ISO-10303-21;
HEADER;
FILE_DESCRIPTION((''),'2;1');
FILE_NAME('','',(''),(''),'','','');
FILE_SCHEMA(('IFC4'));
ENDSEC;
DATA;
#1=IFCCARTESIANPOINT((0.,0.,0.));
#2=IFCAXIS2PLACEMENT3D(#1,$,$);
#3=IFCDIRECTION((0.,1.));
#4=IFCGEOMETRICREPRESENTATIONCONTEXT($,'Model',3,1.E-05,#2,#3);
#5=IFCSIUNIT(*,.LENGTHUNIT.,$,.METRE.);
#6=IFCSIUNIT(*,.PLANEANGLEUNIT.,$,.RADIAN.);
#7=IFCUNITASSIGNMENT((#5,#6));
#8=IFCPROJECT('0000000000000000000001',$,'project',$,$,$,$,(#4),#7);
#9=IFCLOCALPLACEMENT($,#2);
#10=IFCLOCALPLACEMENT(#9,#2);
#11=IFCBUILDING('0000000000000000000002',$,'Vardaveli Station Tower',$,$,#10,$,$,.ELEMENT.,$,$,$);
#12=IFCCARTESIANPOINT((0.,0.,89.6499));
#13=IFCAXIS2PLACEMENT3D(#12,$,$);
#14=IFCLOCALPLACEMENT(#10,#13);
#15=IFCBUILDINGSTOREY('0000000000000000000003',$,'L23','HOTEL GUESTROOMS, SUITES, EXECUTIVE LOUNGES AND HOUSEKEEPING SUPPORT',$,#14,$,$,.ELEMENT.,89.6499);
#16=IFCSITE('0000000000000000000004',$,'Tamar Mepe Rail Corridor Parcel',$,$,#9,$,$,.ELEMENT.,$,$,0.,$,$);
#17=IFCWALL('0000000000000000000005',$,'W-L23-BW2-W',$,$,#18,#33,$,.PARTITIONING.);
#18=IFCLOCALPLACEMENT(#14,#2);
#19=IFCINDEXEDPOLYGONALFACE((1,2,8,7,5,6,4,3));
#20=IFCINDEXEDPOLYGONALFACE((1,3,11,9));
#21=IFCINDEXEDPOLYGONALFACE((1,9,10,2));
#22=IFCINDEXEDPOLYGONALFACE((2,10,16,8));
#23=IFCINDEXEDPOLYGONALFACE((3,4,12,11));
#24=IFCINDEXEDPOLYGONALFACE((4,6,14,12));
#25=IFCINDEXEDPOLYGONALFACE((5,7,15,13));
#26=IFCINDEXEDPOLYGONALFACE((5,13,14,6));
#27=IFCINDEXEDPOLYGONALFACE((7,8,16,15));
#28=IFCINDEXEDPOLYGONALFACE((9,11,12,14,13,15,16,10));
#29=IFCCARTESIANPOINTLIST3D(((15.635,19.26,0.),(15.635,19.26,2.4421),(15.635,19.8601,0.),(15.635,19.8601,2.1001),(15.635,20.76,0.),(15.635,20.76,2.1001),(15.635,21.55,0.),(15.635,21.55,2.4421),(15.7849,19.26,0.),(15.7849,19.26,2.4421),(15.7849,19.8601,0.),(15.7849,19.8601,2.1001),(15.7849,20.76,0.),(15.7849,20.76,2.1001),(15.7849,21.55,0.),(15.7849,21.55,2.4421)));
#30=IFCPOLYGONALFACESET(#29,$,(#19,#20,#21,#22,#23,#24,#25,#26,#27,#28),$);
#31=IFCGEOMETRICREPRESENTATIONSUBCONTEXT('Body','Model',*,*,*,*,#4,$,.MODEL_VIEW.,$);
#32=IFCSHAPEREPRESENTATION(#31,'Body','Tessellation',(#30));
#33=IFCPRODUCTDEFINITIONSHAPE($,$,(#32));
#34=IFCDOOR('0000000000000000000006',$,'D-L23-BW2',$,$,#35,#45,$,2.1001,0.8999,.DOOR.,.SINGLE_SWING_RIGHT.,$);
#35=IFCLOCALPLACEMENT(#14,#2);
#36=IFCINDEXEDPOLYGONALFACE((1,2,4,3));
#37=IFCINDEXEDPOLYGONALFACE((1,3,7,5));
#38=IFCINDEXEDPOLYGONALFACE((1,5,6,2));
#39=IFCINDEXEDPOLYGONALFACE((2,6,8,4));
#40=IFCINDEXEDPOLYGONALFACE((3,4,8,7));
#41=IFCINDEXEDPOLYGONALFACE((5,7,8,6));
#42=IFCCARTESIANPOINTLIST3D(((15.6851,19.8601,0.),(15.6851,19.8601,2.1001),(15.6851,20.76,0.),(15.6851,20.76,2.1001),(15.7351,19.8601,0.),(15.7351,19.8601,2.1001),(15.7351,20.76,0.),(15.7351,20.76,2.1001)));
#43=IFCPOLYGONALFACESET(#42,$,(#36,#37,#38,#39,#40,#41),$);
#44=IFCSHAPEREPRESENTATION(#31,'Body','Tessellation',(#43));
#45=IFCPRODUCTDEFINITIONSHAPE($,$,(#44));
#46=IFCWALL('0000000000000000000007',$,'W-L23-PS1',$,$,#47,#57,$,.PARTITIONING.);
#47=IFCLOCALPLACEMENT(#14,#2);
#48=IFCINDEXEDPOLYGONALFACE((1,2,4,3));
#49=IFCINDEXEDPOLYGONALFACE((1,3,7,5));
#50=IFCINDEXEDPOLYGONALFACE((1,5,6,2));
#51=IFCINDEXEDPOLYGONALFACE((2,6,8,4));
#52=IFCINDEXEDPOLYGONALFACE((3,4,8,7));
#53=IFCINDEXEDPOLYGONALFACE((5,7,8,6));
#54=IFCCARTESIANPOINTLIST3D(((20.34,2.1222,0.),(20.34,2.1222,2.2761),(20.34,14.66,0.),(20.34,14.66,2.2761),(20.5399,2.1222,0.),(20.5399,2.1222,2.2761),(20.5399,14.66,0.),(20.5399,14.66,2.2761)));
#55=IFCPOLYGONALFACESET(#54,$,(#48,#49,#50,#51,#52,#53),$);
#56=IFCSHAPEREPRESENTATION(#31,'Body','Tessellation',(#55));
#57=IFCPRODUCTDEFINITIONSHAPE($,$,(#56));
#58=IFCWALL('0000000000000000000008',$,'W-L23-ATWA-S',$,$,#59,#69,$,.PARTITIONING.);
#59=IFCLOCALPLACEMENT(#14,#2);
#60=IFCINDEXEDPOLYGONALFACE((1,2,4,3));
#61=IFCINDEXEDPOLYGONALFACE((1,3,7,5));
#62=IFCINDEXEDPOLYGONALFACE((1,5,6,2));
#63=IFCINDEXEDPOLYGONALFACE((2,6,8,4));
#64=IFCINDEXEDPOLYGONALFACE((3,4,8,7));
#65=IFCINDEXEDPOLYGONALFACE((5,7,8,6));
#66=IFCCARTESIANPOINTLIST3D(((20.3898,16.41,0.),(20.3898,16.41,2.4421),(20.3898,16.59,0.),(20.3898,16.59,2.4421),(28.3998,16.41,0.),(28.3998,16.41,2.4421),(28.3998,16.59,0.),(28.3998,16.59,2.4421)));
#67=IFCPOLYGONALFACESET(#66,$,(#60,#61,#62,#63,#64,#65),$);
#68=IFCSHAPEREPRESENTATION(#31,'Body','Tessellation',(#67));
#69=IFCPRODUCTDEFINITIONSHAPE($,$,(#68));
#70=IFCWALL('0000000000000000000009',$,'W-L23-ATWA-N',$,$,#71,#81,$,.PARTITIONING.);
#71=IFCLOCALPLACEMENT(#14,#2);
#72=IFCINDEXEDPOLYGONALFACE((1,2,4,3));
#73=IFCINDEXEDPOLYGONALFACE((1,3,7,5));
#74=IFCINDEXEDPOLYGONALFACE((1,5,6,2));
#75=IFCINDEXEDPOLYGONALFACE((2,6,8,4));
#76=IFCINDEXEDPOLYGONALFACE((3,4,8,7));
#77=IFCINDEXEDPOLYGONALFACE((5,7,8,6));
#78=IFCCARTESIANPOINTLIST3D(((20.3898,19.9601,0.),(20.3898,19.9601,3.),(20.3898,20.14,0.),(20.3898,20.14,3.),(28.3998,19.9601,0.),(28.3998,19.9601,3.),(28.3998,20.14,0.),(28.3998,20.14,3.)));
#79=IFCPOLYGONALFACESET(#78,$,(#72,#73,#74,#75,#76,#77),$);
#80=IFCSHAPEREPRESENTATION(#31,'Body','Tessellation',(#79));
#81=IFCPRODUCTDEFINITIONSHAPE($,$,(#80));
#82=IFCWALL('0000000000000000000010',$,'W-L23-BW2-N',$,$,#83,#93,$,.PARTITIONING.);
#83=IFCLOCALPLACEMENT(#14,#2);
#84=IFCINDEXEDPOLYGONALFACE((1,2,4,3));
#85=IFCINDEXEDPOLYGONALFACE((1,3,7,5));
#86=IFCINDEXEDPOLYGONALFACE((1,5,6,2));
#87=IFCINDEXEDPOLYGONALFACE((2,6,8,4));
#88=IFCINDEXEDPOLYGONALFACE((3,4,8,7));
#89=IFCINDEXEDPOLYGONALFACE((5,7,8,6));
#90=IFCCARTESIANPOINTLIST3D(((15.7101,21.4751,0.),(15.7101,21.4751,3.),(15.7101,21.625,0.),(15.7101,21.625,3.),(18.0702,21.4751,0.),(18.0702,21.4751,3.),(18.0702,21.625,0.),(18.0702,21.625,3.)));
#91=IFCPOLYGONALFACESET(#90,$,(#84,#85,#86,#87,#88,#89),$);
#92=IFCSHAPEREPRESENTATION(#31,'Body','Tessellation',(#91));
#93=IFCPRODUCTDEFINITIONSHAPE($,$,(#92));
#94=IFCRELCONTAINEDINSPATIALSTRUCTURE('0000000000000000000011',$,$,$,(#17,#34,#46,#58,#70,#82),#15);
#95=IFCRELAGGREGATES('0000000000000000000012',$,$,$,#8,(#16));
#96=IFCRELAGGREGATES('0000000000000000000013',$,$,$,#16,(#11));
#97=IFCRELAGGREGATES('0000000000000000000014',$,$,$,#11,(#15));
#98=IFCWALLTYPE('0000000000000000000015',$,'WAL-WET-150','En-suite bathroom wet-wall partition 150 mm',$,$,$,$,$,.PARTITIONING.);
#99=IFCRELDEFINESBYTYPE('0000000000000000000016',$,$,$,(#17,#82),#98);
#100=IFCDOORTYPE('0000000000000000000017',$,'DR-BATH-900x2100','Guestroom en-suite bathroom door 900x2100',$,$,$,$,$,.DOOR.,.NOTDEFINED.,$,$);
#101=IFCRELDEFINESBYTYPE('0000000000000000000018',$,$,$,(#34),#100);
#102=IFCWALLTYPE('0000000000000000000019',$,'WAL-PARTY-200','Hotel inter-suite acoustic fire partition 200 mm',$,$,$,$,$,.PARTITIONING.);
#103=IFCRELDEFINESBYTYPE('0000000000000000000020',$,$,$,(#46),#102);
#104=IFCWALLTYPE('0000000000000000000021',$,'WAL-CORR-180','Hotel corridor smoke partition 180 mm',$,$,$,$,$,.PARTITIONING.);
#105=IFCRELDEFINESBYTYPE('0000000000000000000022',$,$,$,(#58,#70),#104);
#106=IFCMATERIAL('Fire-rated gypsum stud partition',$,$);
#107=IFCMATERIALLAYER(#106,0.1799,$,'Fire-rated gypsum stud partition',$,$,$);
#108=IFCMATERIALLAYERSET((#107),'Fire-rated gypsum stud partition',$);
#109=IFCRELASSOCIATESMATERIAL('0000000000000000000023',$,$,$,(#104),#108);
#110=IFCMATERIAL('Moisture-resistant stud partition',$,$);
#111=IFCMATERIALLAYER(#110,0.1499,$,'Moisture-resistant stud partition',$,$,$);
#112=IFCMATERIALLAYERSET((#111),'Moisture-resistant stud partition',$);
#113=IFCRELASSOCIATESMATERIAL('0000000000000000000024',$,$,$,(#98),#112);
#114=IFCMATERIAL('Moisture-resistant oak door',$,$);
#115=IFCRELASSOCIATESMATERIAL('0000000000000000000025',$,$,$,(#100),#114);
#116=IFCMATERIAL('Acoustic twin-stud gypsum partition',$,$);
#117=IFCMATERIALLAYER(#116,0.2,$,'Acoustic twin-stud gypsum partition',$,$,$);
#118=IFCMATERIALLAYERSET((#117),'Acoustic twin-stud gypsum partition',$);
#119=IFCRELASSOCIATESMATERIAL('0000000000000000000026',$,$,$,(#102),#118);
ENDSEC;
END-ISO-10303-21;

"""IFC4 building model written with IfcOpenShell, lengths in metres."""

from ifc_helpers import new_model, si_unit, direction, frame, frame_2d, origin, place, context, subcontext, project, spatial, rectangle, extrude, source, transform, mapped, material, layer, layer_set, type_object, element, fill, save


model = new_model("IFC4")

# Units and contexts
model_context = context("Model", 3, precision=1e-05, world=origin(), true_north=direction((0.0, 1.0)))
body_context = subcontext(model_context, "Body", "Model", "MODEL_VIEW")
ifc_project = project(units=[si_unit("LENGTHUNIT", "METRE"), si_unit("PLANEANGLEUNIT", "RADIAN")], contexts=[model_context])

# Site, building, storey
site_placement = place(None, origin())
site = spatial("IfcSite", under=ifc_project, at=site_placement, Name="Tamar Mepe Rail Corridor Parcel", CompositionType="ELEMENT", RefElevation=0.0)
building_placement = place(site_placement, origin())
building = spatial("IfcBuilding", under=site, at=building_placement, Name="Vardaveli Station Tower", CompositionType="ELEMENT")
storey_placement = place(building_placement, frame((0.0, 0.0, 89.6499)))
storey = spatial("IfcBuildingStorey", under=building, at=storey_placement, Name="L23", Description="HOTEL GUESTROOMS, SUITES, EXECUTIVE LOUNGES AND HOUSEKEEPING SUPPORT", CompositionType="ELEMENT", Elevation=89.6499)

# Shared definitions
ifc_material_1 = material(Name="Fire-rated gypsum stud partition")
ifc_layer_1 = layer(ifc_material_1, 0.1799, Name="Fire-rated gypsum stud partition")
ifc_layer_set_1 = layer_set([ifc_layer_1], Name="Fire-rated gypsum stud partition")
wall_type_1 = type_object("IfcWallType", Name="WAL-CORR-180", Description="Hotel corridor smoke partition 180 mm", PredefinedType="PARTITIONING", material=ifc_layer_set_1)

# Wall, opening, door
ifc_material_2 = material(Name="Moisture-resistant stud partition")
ifc_layer_2 = layer(ifc_material_2, 0.1499, Name="Moisture-resistant stud partition")
ifc_layer_set_2 = layer_set([ifc_layer_2], Name="Moisture-resistant stud partition")
wall_type_2 = type_object("IfcWallType", Name="WAL-WET-150", Description="En-suite bathroom wet-wall partition 150 mm", PredefinedType="PARTITIONING", material=ifc_layer_set_2)
shared_shape_1 = source(origin(), body_context, "Body", "SweptSolid", [
    extrude(rectangle(XDim=2.29, YDim=0.1499, at=frame_2d((1.145, 0.0))), origin(), (0.0, 0.0, 1.0), 2.4421),
])
wall_1_placement = place(storey_placement, frame((15.71, 19.26, 0.0), z_axis=(0.0, 0.0, 1.0), x_axis=(0.0, 1.0, 0.0)))
wall_1 = element("IfcWall", 1, at=wall_1_placement, inside=storey, type_object=wall_type_2, Name="W-L23-BW2-W", PredefinedType="PARTITIONING", context=body_context, shape_type="MappedRepresentation", body=[
    mapped(shared_shape_1, transform((0.0, 0.0, 0.0), scale=1.0)),
])
shared_shape_2 = source(origin(), body_context, "Body", "SweptSolid", [
    extrude(rectangle(XDim=0.8999, YDim=2.1001, at=frame_2d((0.45, 1.05))), frame((0.0, 0.085, 0.0), z_axis=(0.0, -1.0, 0.0), x_axis=(1.0, 0.0, 0.0)), (0.0, 0.0, 1.0), 0.1699),
])
opening_1_placement = place(wall_1_placement, frame((0.6001, 0.0, 0.0)))
opening_1 = element("IfcOpeningElement", 2, at=opening_1_placement, cuts=wall_1, PredefinedType="OPENING", context=body_context, shape_type="MappedRepresentation", body=[
    mapped(shared_shape_2, transform((0.0, 0.0, 0.0), scale=1.0)),
])
ifc_material_3 = material(Name="Moisture-resistant oak door")
door_type_1 = type_object("IfcDoorType", Name="DR-BATH-900x2100", Description="Guestroom en-suite bathroom door 900x2100", OperationType="NOTDEFINED", PredefinedType="DOOR", material=ifc_material_3)
shared_shape_3 = source(origin(), body_context, "Body", "SweptSolid", [
    extrude(rectangle(XDim=0.8999, YDim=2.1001, at=frame_2d((0.45, 1.05))), frame((0.0, 0.0249, 0.0), z_axis=(0.0, -1.0, 0.0), x_axis=(1.0, 0.0, 0.0)), (0.0, 0.0, 1.0), 0.05),
])
door_1_placement = place(opening_1_placement, origin())
door_1 = element("IfcDoor", 3, at=door_1_placement, inside=storey, type_object=door_type_1, Name="D-L23-BW2", OperationType="SINGLE_SWING_RIGHT", OverallHeight=2.1001, OverallWidth=0.8999, PredefinedType="DOOR", context=body_context, shape_type="MappedRepresentation", body=[
    mapped(shared_shape_3, transform((0.0, 0.0, 0.0), scale=1.0)),
])
fill(opening_1, door_1)

# Walls
ifc_material_4 = material(Name="Acoustic twin-stud gypsum partition")
ifc_layer_3 = layer(ifc_material_4, 0.2, Name="Acoustic twin-stud gypsum partition")
ifc_layer_set_3 = layer_set([ifc_layer_3], Name="Acoustic twin-stud gypsum partition")
wall_type_3 = type_object("IfcWallType", Name="WAL-PARTY-200", Description="Hotel inter-suite acoustic fire partition 200 mm", PredefinedType="PARTITIONING", material=ifc_layer_set_3)
shared_shape_4 = source(origin(), body_context, "Body", "SweptSolid", [
    extrude(rectangle(XDim=12.5378, YDim=0.2, at=frame_2d((6.269, 0.0))), origin(), (0.0, 0.0, 1.0), 2.2761),
])
wall_2_placement = place(storey_placement, frame((20.4399, 2.1221, 0.0), z_axis=(0.0, 0.0, 1.0), x_axis=(0.0, 1.0, 0.0)))
element("IfcWall", 4, at=wall_2_placement, inside=storey, type_object=wall_type_3, Name="W-L23-PS1", PredefinedType="PARTITIONING", context=body_context, shape_type="MappedRepresentation", body=[
    mapped(shared_shape_4, transform((0.0, 0.0, 0.0), scale=1.0)),
])
shared_shape_5 = source(origin(), body_context, "Body", "SweptSolid", [
    extrude(rectangle(XDim=8.01, YDim=0.1799, at=frame_2d((4.0049, 0.0))), origin(), (0.0, 0.0, 1.0), 2.4421),
])
wall_3_placement = place(storey_placement, frame((20.3899, 16.5, 0.0), z_axis=(0.0, 0.0, 1.0), x_axis=(1.0, 0.0, 0.0)))
element("IfcWall", 5, at=wall_3_placement, inside=storey, type_object=wall_type_1, Name="W-L23-ATWA-S", PredefinedType="PARTITIONING", context=body_context, shape_type="MappedRepresentation", body=[
    mapped(shared_shape_5, transform((0.0, 0.0, 0.0), scale=1.0)),
])
shared_shape_6 = source(origin(), body_context, "Body", "SweptSolid", [
    extrude(rectangle(XDim=8.01, YDim=0.1799, at=frame_2d((4.0049, 0.0))), origin(), (0.0, 0.0, 1.0), 3.0),
])
wall_4_placement = place(storey_placement, frame((20.3899, 20.05, 0.0), z_axis=(0.0, 0.0, 1.0), x_axis=(1.0, 0.0, 0.0)))
element("IfcWall", 6, at=wall_4_placement, inside=storey, type_object=wall_type_1, Name="W-L23-ATWA-N", PredefinedType="PARTITIONING", context=body_context, shape_type="MappedRepresentation", body=[
    mapped(shared_shape_6, transform((0.0, 0.0, 0.0), scale=1.0)),
])
shared_shape_7 = source(origin(), body_context, "Body", "SweptSolid", [
    extrude(rectangle(XDim=2.3601, YDim=0.1499, at=frame_2d((1.1802, 0.0))), origin(), (0.0, 0.0, 1.0), 3.0),
])
wall_5_placement = place(storey_placement, frame((15.71, 21.55, 0.0), z_axis=(0.0, 0.0, 1.0), x_axis=(1.0, 0.0, 0.0)))
element("IfcWall", 7, at=wall_5_placement, inside=storey, type_object=wall_type_2, Name="W-L23-BW2-N", PredefinedType="PARTITIONING", context=body_context, shape_type="MappedRepresentation", body=[
    mapped(shared_shape_7, transform((0.0, 0.0, 0.0), scale=1.0)),
])

save(model, "model.ifc")
